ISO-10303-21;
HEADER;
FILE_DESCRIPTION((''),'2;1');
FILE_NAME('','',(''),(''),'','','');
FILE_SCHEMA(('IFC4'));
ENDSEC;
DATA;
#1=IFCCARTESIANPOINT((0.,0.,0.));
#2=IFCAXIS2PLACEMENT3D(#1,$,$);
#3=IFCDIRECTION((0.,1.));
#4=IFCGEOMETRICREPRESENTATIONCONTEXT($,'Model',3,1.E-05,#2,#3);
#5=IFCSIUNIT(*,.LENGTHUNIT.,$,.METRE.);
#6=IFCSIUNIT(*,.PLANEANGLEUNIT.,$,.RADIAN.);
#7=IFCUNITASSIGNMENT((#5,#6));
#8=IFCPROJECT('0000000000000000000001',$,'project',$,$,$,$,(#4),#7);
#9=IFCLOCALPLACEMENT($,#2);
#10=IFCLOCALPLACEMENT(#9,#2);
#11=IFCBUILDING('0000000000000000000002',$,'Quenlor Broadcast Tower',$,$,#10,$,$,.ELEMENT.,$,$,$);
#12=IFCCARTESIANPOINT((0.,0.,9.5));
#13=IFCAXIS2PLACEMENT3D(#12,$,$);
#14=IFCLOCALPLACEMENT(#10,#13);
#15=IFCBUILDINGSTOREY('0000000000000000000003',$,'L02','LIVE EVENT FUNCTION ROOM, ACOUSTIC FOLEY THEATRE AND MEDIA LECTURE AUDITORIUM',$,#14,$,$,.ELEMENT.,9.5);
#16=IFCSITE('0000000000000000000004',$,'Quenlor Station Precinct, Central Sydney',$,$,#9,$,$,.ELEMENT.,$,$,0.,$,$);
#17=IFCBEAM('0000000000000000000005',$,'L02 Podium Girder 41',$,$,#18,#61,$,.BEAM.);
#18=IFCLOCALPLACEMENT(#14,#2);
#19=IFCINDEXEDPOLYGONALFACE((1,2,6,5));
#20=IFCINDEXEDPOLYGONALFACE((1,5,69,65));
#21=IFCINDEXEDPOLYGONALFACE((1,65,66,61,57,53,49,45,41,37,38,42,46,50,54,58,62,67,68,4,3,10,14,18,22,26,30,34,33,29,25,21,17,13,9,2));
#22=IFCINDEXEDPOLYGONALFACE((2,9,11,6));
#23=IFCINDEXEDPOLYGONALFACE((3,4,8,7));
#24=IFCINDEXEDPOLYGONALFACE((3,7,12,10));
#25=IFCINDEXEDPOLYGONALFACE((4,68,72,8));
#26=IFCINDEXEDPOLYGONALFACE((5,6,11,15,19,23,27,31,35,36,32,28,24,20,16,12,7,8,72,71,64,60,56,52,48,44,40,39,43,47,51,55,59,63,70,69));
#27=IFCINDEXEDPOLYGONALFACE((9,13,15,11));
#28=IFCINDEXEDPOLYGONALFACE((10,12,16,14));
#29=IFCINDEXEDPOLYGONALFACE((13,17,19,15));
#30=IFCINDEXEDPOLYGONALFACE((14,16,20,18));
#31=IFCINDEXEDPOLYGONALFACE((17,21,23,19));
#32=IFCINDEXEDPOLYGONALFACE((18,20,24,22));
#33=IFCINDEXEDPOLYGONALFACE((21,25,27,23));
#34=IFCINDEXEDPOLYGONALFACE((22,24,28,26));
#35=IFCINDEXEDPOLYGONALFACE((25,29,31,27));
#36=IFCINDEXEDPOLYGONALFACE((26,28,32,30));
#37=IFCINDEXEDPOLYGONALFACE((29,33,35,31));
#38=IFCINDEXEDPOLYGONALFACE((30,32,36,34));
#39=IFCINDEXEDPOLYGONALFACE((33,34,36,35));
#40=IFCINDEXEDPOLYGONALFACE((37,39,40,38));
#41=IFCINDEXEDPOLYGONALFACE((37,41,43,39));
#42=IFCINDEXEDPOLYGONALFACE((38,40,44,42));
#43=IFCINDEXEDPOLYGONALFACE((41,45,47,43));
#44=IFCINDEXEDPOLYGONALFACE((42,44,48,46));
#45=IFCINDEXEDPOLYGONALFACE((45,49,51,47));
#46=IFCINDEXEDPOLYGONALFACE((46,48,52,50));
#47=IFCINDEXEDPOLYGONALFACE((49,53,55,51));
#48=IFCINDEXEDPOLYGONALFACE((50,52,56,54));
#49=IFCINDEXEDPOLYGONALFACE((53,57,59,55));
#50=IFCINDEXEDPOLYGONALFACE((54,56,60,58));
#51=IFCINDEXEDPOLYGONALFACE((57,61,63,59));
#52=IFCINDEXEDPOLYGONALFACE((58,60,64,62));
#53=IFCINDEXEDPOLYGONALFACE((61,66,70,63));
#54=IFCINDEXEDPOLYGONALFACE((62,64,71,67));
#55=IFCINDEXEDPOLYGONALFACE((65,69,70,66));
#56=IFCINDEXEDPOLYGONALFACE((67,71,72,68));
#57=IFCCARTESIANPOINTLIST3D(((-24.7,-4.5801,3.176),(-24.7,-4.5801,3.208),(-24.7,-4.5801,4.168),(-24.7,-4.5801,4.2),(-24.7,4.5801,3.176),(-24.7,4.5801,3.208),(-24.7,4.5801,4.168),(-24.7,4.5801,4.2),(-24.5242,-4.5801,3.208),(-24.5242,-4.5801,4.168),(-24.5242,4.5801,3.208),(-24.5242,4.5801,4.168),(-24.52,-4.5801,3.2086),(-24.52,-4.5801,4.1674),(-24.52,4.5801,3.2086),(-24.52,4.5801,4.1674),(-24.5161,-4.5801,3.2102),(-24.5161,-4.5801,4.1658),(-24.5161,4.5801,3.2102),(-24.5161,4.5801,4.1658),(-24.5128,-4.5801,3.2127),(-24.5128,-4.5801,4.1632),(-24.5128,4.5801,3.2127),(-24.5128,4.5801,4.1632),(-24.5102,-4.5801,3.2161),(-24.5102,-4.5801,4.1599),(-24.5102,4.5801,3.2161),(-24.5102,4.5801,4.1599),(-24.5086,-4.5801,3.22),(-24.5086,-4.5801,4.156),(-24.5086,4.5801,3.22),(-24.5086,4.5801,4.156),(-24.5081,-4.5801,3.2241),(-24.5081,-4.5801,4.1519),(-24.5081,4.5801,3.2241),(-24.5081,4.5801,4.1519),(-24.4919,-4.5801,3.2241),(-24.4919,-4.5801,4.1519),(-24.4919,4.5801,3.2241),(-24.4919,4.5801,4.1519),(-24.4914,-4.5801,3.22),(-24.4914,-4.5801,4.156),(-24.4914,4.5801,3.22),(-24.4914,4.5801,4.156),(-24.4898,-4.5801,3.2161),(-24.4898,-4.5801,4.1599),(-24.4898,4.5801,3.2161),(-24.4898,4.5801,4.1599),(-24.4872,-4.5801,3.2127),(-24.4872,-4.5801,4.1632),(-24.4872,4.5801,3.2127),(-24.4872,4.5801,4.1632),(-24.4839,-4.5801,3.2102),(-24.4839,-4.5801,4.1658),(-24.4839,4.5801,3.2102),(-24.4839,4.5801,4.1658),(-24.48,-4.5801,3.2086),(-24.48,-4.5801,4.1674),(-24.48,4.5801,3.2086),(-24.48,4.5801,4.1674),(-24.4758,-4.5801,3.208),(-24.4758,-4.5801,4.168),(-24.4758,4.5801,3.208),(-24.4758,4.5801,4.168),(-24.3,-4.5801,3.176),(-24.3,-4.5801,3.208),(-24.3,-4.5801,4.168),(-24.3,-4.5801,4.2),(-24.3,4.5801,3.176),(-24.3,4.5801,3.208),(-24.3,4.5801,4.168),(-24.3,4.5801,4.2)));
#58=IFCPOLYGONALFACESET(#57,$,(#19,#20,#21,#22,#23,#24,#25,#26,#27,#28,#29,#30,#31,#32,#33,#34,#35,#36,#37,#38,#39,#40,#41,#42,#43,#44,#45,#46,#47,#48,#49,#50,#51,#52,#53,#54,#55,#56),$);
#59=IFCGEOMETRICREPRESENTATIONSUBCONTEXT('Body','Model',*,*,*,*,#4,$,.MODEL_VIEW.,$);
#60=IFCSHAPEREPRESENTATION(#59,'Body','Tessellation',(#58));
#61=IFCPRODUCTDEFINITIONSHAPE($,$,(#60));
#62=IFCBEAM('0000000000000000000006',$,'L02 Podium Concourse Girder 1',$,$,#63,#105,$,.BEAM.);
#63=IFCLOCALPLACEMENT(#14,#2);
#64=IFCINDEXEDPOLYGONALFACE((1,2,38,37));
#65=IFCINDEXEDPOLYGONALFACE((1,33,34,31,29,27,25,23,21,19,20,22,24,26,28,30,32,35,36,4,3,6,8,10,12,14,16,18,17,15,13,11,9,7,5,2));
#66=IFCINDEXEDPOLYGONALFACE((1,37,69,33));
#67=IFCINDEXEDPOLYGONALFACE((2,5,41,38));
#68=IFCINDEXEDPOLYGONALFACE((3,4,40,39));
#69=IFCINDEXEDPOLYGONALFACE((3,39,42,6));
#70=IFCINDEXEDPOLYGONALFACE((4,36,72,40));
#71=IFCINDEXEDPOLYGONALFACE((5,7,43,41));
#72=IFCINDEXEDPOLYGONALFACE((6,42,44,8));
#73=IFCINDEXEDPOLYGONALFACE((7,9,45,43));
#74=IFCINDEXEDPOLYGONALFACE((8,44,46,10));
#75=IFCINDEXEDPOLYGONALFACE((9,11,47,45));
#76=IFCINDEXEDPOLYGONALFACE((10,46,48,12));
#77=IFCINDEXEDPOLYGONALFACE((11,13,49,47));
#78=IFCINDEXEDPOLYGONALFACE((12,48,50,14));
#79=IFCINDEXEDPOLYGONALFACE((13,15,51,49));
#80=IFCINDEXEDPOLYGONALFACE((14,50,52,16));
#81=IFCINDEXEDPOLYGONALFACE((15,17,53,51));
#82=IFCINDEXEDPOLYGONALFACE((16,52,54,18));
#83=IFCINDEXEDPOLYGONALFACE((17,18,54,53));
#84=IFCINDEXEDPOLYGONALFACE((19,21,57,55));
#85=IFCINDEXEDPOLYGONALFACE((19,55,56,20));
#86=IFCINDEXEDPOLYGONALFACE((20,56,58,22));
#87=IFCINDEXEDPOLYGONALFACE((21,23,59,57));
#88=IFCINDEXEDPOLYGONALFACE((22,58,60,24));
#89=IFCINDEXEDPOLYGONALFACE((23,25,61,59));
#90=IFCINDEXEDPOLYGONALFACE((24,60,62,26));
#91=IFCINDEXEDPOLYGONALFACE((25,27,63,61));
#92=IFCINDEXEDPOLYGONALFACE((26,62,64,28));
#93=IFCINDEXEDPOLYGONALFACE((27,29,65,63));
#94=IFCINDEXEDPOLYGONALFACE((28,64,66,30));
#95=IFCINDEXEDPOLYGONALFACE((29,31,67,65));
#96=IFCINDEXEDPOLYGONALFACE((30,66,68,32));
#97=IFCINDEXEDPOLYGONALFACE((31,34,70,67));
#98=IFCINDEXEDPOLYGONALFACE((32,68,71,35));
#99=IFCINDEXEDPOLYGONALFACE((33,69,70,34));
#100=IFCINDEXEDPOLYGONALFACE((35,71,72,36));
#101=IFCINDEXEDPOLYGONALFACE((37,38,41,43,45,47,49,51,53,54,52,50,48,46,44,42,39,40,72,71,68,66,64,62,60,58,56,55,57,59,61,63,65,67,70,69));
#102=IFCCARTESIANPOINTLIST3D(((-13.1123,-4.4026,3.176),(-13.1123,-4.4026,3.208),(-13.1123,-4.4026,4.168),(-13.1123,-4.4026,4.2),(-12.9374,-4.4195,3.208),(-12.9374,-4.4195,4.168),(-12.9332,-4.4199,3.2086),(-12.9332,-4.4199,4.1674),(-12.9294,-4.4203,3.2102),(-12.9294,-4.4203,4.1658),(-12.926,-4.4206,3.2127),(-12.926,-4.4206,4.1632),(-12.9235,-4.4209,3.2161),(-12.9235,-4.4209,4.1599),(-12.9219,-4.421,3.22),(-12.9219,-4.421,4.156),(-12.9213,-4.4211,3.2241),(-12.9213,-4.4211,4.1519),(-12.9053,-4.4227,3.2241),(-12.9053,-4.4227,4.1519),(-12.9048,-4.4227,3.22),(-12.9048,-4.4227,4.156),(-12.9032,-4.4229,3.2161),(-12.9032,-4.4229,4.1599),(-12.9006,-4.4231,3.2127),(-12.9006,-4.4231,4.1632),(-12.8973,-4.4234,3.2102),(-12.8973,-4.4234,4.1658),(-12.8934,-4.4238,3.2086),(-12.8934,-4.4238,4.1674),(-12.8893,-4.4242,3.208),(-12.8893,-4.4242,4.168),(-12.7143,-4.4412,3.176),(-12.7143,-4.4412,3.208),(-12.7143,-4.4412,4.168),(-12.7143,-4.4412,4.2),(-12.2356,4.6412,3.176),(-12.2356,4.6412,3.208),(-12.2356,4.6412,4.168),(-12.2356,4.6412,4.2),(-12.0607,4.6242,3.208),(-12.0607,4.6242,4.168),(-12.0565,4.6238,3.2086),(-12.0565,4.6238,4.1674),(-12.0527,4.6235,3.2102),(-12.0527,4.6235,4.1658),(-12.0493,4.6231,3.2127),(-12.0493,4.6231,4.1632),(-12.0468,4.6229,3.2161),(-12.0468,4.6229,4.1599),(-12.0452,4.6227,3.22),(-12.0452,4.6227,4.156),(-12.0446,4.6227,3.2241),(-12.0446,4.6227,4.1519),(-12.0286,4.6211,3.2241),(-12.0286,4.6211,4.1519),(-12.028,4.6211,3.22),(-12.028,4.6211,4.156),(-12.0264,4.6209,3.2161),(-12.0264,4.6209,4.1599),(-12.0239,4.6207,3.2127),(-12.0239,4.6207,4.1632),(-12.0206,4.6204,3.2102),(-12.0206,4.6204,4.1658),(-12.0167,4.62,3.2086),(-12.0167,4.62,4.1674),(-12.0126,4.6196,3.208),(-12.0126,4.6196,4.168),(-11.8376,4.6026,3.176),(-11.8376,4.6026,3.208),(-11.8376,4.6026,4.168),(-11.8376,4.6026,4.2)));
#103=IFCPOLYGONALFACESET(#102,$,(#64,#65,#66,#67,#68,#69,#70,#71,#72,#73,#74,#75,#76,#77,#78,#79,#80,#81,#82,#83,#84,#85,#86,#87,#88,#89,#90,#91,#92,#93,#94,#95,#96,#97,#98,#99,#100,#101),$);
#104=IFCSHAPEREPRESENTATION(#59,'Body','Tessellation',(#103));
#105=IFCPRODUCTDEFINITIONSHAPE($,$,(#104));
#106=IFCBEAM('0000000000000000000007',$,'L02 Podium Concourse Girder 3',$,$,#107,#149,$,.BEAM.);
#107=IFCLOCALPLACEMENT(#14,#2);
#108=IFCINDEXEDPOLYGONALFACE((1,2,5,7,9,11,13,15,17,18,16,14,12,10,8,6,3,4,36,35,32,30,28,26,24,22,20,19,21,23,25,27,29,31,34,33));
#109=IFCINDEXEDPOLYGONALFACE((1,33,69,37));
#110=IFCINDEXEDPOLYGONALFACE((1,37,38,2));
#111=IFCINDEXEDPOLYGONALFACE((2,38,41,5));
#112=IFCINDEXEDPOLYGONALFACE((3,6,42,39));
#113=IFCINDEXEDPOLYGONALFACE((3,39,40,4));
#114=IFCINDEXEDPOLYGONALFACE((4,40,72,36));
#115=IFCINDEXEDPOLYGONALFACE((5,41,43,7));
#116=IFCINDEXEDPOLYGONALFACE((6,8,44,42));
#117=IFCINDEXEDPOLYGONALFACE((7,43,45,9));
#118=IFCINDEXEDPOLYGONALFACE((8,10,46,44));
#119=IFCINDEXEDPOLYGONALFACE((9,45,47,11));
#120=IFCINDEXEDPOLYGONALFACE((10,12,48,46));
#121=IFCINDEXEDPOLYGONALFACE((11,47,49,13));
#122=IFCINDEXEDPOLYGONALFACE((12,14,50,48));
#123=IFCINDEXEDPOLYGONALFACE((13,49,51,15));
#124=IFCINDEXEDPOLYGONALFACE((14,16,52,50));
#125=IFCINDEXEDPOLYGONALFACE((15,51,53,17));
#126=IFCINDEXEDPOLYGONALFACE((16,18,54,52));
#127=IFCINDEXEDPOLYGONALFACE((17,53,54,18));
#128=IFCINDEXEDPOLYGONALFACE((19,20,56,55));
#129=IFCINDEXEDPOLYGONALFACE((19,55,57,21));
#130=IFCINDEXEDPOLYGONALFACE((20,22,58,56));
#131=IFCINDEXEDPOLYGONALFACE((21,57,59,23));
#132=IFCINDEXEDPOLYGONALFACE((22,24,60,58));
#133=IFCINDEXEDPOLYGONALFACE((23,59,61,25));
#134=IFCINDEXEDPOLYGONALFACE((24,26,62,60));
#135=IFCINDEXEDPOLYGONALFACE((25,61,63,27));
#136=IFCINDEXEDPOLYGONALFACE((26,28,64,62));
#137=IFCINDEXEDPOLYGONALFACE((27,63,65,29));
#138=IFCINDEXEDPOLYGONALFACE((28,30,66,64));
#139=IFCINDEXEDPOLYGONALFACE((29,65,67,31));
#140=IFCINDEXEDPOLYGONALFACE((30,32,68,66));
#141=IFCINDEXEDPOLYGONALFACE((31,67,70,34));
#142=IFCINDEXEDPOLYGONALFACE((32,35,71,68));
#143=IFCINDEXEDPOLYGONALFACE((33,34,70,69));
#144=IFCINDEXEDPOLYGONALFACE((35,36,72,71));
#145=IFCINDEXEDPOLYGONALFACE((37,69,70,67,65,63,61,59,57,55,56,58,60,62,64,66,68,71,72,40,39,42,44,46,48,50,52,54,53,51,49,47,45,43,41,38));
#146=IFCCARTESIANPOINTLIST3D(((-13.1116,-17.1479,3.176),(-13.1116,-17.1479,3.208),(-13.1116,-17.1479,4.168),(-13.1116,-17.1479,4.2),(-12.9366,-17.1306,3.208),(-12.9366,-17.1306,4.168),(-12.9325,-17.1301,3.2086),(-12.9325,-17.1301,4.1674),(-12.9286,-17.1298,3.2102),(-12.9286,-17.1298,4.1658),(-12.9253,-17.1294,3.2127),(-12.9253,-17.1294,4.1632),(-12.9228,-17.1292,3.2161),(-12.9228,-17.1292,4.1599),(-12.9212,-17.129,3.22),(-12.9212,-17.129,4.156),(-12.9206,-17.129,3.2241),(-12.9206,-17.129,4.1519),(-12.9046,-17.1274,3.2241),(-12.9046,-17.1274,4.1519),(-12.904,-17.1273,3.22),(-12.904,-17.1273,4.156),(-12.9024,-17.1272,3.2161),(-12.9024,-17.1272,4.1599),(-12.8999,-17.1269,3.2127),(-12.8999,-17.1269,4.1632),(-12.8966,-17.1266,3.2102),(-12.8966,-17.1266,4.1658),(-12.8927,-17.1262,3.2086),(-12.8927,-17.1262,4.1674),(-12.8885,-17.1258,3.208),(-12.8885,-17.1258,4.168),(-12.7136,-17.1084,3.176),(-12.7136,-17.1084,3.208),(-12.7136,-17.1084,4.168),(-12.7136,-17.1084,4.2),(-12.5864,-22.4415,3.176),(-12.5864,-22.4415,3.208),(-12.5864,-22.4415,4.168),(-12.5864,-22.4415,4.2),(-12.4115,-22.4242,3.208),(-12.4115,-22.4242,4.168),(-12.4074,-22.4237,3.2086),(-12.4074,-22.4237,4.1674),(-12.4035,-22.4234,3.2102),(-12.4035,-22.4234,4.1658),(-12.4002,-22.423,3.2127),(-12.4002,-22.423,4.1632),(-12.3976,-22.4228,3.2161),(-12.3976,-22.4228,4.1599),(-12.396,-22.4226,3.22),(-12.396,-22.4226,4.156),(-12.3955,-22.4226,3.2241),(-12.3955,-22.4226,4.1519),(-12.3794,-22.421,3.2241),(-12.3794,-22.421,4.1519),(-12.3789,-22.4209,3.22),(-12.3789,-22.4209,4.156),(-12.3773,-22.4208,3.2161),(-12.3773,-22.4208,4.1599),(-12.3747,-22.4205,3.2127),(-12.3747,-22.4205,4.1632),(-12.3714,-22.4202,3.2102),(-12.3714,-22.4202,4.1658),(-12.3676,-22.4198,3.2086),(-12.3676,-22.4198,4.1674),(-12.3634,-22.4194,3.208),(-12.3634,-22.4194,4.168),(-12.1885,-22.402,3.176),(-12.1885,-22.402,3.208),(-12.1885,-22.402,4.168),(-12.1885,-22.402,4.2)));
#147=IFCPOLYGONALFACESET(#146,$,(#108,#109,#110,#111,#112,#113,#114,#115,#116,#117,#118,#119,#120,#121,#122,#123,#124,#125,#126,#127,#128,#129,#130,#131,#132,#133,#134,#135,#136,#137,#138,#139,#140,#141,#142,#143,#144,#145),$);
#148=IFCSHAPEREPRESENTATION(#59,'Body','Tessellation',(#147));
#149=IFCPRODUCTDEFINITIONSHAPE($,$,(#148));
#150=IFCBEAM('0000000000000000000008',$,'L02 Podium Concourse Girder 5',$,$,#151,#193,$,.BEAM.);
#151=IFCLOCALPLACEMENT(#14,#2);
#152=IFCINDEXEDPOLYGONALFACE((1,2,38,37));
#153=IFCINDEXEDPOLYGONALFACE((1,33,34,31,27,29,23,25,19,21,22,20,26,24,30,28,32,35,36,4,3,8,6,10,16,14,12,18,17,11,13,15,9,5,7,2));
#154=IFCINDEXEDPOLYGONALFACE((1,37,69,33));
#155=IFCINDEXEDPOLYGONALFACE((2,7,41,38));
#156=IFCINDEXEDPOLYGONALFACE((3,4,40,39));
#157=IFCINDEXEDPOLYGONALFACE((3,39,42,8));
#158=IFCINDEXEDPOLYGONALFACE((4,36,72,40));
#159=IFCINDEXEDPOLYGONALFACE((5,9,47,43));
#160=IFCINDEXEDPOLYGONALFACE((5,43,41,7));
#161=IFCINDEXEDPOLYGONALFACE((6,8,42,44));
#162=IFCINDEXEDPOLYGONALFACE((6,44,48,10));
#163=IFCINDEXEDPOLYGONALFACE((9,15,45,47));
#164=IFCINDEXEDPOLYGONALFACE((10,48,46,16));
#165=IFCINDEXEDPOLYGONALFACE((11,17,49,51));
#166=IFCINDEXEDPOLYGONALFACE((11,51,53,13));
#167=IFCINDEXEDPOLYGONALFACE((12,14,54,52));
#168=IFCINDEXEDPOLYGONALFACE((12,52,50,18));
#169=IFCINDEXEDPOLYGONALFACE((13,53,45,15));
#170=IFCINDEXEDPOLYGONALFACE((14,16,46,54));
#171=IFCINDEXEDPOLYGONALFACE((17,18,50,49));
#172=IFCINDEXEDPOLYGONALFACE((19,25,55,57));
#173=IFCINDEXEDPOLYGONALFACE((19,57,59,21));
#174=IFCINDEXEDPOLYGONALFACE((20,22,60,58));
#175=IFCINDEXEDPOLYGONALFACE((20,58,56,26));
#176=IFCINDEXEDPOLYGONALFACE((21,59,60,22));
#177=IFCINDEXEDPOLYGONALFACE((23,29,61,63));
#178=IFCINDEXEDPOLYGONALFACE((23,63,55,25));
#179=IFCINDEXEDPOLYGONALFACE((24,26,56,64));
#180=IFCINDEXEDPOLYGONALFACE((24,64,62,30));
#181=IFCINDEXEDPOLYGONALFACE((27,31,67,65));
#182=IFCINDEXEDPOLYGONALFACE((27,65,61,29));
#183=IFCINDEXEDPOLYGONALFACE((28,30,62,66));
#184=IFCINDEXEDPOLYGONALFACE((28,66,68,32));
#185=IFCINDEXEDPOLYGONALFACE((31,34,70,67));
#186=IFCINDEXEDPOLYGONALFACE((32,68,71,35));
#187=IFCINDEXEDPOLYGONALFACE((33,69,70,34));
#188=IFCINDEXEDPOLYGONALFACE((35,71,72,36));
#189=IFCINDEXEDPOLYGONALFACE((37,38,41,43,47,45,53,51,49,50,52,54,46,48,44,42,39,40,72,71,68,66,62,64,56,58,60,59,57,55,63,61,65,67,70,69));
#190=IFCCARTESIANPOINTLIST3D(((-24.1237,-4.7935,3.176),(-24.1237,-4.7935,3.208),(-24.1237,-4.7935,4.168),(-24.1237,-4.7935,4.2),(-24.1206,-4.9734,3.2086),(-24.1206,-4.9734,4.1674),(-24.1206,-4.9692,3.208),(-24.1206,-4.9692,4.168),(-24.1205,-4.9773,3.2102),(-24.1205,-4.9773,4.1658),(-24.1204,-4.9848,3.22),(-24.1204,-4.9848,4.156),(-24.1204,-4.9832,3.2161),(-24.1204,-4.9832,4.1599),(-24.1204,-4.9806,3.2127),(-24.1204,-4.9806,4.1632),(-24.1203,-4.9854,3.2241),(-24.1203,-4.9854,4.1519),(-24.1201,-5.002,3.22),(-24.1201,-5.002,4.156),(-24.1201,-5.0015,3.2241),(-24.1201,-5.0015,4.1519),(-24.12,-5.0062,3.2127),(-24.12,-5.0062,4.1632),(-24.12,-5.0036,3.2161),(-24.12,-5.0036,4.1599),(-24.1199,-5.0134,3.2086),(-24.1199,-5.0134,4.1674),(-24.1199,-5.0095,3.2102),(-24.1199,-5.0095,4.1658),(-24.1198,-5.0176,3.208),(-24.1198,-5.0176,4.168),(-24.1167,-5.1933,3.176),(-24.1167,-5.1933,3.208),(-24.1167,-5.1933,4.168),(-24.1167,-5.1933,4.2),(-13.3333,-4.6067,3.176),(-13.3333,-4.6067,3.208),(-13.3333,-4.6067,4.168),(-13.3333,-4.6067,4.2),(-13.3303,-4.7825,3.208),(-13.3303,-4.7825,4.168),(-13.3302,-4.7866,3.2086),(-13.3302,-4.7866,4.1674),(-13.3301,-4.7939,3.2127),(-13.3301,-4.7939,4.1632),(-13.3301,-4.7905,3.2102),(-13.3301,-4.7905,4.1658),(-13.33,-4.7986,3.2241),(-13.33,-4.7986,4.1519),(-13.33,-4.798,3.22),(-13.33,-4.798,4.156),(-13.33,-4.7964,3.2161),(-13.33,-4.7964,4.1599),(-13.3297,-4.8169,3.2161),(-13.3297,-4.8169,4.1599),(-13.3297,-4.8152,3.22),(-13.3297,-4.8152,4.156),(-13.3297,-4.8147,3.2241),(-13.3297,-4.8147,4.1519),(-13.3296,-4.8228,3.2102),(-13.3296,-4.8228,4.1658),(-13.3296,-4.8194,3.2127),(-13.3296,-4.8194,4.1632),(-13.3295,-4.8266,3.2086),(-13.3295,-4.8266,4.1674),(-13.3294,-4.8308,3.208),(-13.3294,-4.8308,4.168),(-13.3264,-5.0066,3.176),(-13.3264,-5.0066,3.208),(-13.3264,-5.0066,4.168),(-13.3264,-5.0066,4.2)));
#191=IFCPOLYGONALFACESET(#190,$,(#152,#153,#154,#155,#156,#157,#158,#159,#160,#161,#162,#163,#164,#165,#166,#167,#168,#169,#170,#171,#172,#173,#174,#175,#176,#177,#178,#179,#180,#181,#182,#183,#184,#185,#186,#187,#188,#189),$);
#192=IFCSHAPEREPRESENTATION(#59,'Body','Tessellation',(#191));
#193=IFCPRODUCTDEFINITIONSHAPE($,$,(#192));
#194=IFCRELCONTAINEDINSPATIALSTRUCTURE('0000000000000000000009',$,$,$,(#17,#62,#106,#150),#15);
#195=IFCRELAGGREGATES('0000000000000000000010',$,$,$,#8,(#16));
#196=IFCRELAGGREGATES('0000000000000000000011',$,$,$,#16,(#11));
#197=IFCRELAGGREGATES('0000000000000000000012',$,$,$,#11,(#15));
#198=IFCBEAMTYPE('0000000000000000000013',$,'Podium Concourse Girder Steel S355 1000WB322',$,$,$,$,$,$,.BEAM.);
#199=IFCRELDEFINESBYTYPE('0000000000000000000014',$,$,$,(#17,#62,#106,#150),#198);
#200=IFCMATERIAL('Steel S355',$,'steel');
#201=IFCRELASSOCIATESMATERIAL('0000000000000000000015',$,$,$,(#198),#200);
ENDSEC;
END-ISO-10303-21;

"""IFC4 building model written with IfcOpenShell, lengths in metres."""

from ifc_helpers import new_model, si_unit, direction, frame, origin, origin_2d, place, context, subcontext, project, spatial, i_section, extrude, material, material_profile, profile_set, type_object, element, save


model = new_model("IFC4")

# Units and contexts
model_context = context("Model", 3, precision=1e-05, world=origin(), true_north=direction((0.0, 1.0)))
body_context = subcontext(model_context, "Body", "Model", "MODEL_VIEW")
ifc_project = project(units=[si_unit("LENGTHUNIT", "METRE"), si_unit("PLANEANGLEUNIT", "RADIAN")], contexts=[model_context])

# Site, building, storey
site_placement = place(None, origin())
site = spatial("IfcSite", under=ifc_project, at=site_placement, Name="Quenlor Station Precinct, Central Sydney", CompositionType="ELEMENT", RefElevation=0.0)
building_placement = place(site_placement, origin())
building = spatial("IfcBuilding", under=site, at=building_placement, Name="Quenlor Broadcast Tower", CompositionType="ELEMENT")
storey_placement = place(building_placement, frame((0.0, 0.0, 9.5)))
storey = spatial("IfcBuildingStorey", under=building, at=storey_placement, Name="L02", Description="LIVE EVENT FUNCTION ROOM, ACOUSTIC FOLEY THEATRE AND MEDIA LECTURE AUDITORIUM", CompositionType="ELEMENT", Elevation=9.5)

# Beams
ifc_material_1 = material(Name="Steel S355", Category="steel")
ifc_material_profile_1 = material_profile(ifc_material_1, i_section(OverallWidth=0.3999, OverallDepth=1.0239, WebThickness=0.0161, FlangeThickness=0.032, FilletRadius=0.0161, at=origin_2d()))
ifc_profile_set_1 = profile_set([ifc_material_profile_1], Name="Steel S355 1000WB322")
beam_type = type_object("IfcBeamType", Name="Podium Concourse Girder Steel S355 1000WB322", PredefinedType="BEAM", material=ifc_profile_set_1)
for number, where, z_axis, x_axis, name in (
    (1, (-24.5, -4.5801, 3.688), (0.0, 1.0, 0.0), (-1.0, 0.0, 0.0), "L02 Podium Girder 41"),
):
    element("IfcBeam", number, at=place(storey_placement, frame(where, z_axis=z_axis, x_axis=x_axis)), inside=storey, type_object=beam_type, Name=name, PredefinedType="BEAM", context=body_context, shape_type="SweptSolid", body=[
        extrude(i_section(OverallWidth=0.3999, OverallDepth=1.0239, WebThickness=0.0161, FlangeThickness=0.032, FilletRadius=0.0161, at=origin_2d()), origin(), (0.0, 0.0, 1.0), 9.1602),
    ])
beam_1_placement = place(storey_placement, frame((-12.9133, -4.4219, 3.688), z_axis=(0.096489, 0.995334, 0.0), x_axis=(-0.995334, 0.096489, 0.0)))
element("IfcBeam", 2, at=beam_1_placement, inside=storey, type_object=beam_type, Name="L02 Podium Concourse Girder 1", PredefinedType="BEAM", context=body_context, shape_type="SweptSolid", body=[
    extrude(i_section(OverallWidth=0.3999, OverallDepth=1.0239, WebThickness=0.0161, FlangeThickness=0.032, FilletRadius=0.0161, at=origin_2d()), origin(), (0.0, 0.0, 1.0), 9.0862),
])
beam_2_placement = place(storey_placement, frame((-12.9126, -17.1282, 3.688), z_axis=(0.098718, -0.995115, 0.0), x_axis=(0.995115, 0.098718, 0.0)))
element("IfcBeam", 3, at=beam_2_placement, inside=storey, type_object=beam_type, Name="L02 Podium Concourse Girder 3", PredefinedType="BEAM", context=body_context, shape_type="SweptSolid", body=[
    extrude(i_section(OverallWidth=0.3999, OverallDepth=1.0239, WebThickness=0.0161, FlangeThickness=0.032, FilletRadius=0.0161, at=origin_2d()), origin(), (0.0, 0.0, 1.0), 5.3196),
])
beam_3_placement = place(storey_placement, frame((-13.3298, -4.8066, 3.688), z_axis=(-0.99985, -0.017306, 0.0), x_axis=(0.017306, -0.99985, 0.0)))
element("IfcBeam", 4, at=beam_3_placement, inside=storey, type_object=beam_type, Name="L02 Podium Concourse Girder 5", PredefinedType="BEAM", context=body_context, shape_type="SweptSolid", body=[
    extrude(i_section(OverallWidth=0.3999, OverallDepth=1.0239, WebThickness=0.0161, FlangeThickness=0.032, FilletRadius=0.0161, at=origin_2d()), origin(), (0.0, 0.0, 1.0), 10.792),
])

save(model, "model.ifc")
